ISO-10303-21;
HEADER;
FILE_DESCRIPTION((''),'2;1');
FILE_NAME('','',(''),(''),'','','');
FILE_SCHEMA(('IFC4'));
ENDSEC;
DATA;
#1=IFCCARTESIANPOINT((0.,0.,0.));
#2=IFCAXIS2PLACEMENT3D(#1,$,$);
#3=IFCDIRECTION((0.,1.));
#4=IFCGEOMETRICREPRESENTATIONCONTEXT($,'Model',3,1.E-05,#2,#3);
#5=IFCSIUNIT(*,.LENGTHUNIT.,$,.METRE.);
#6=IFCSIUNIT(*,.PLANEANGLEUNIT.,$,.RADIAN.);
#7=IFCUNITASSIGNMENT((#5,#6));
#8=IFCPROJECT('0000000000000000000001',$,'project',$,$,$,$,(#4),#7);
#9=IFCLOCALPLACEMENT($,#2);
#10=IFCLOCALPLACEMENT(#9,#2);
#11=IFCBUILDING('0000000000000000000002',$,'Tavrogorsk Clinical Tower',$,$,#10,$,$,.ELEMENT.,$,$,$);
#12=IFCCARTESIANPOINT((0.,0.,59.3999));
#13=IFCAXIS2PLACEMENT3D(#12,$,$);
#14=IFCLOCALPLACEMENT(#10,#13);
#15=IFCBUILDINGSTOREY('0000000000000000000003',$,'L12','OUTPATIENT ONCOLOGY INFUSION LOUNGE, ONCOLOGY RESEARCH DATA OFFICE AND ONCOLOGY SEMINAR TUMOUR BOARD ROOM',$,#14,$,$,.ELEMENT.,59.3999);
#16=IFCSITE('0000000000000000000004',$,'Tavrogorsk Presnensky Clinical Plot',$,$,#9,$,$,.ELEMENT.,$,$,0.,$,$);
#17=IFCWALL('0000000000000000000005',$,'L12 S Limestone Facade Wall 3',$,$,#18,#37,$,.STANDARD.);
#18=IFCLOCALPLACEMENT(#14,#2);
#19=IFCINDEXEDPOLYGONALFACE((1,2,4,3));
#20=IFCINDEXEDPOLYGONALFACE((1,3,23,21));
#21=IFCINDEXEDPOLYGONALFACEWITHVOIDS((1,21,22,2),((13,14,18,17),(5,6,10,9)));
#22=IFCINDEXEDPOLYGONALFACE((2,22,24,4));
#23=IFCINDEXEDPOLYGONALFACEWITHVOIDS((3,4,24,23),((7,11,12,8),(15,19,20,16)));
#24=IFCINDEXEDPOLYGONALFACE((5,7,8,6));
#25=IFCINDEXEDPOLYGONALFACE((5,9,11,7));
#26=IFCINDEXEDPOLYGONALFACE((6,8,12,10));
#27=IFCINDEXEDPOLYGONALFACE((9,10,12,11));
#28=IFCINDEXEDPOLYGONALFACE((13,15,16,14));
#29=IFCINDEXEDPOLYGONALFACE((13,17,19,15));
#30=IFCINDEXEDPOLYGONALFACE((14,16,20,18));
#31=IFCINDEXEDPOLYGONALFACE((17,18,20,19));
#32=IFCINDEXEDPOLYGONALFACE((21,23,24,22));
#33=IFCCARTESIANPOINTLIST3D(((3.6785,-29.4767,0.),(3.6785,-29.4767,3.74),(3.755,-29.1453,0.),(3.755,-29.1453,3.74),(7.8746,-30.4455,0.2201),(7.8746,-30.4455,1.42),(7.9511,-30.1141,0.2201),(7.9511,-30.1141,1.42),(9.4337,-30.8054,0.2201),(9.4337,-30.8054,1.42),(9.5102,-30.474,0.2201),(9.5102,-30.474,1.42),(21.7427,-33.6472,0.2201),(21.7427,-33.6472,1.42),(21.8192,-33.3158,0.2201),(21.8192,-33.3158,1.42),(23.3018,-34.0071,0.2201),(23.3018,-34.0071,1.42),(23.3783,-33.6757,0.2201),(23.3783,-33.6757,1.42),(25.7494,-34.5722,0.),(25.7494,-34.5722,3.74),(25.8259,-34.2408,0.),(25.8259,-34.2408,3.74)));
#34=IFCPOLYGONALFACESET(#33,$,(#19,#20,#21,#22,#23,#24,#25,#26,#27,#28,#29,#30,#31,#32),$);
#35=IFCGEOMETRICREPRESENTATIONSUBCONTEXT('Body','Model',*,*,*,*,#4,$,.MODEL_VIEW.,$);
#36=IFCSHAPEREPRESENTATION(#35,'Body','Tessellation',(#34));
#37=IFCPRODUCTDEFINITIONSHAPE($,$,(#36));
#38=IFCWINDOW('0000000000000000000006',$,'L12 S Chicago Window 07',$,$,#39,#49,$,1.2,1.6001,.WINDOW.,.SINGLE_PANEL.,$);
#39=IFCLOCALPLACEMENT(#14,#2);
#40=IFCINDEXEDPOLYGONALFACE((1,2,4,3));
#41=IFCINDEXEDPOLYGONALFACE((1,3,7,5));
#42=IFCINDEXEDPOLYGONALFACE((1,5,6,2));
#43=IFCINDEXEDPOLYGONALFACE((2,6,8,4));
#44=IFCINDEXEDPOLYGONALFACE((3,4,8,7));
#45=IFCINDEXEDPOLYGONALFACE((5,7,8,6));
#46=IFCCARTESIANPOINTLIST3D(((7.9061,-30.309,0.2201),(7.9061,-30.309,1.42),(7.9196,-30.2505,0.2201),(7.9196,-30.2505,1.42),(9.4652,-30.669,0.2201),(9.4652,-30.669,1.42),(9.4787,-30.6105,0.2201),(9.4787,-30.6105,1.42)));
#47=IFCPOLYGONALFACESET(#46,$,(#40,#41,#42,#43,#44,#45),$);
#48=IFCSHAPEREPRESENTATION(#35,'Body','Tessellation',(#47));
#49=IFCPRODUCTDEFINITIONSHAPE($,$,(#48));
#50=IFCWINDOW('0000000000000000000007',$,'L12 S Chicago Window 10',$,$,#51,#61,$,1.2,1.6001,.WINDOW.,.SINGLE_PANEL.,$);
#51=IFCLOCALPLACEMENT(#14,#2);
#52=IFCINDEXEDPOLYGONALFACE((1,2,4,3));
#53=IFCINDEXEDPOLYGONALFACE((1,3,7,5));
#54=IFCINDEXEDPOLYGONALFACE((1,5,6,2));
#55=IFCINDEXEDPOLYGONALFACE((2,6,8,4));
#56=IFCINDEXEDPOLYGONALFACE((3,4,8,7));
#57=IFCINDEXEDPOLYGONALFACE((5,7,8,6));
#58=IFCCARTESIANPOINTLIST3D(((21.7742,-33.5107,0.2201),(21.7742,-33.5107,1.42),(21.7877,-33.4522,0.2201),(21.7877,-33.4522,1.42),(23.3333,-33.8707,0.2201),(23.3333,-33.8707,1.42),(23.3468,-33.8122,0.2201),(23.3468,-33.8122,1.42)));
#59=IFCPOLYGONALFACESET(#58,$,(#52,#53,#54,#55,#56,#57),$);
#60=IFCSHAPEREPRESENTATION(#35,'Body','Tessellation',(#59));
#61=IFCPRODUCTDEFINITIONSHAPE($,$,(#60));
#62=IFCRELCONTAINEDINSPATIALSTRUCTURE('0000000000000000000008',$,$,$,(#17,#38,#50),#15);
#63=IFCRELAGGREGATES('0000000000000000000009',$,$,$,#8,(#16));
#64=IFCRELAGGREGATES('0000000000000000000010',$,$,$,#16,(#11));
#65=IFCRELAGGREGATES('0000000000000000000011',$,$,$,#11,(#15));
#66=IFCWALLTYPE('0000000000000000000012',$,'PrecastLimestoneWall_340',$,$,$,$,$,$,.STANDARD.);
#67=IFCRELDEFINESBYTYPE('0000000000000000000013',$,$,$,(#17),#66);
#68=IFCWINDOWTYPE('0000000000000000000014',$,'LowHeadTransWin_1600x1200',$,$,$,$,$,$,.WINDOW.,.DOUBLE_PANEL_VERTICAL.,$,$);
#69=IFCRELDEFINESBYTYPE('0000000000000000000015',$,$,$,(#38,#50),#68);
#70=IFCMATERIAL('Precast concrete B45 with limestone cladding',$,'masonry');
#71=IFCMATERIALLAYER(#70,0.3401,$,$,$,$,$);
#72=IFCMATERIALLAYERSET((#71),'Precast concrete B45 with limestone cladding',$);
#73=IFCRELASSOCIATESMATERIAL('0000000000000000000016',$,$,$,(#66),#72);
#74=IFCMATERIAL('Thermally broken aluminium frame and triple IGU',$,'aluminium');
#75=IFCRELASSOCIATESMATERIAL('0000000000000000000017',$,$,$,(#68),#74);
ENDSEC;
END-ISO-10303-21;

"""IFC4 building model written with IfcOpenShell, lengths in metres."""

from ifc_helpers import new_model, si_unit, direction, frame, frame_2d, origin, place, context, subcontext, project, spatial, rectangle, extrude, material, layer, layer_set, type_object, element, fill, save


model = new_model("IFC4")

# Units and contexts
model_context = context("Model", 3, precision=1e-05, world=origin(), true_north=direction((0.0, 1.0)))
body_context = subcontext(model_context, "Body", "Model", "MODEL_VIEW")
ifc_project = project(units=[si_unit("LENGTHUNIT", "METRE"), si_unit("PLANEANGLEUNIT", "RADIAN")], contexts=[model_context])

# Site, building, storey
site_placement = place(None, origin())
site = spatial("IfcSite", under=ifc_project, at=site_placement, Name="Tavrogorsk Presnensky Clinical Plot", CompositionType="ELEMENT", RefElevation=0.0)
building_placement = place(site_placement, origin())
building = spatial("IfcBuilding", under=site, at=building_placement, Name="Tavrogorsk Clinical Tower", CompositionType="ELEMENT")
storey_placement = place(building_placement, frame((0.0, 0.0, 59.3999)))
storey = spatial("IfcBuildingStorey", under=building, at=storey_placement, Name="L12", Description="OUTPATIENT ONCOLOGY INFUSION LOUNGE, ONCOLOGY RESEARCH DATA OFFICE AND ONCOLOGY SEMINAR TUMOUR BOARD ROOM", CompositionType="ELEMENT", Elevation=59.3999)

# Wall, openings, windows
ifc_material_1 = material(Name="Precast concrete B45 with limestone cladding", Category="masonry")
ifc_layer_1 = layer(ifc_material_1, 0.3401)
ifc_layer_set_1 = layer_set([ifc_layer_1], Name="Precast concrete B45 with limestone cladding")
wall_type_1 = type_object("IfcWallType", Name="PrecastLimestoneWall_340", PredefinedType="STANDARD", material=ifc_layer_set_1)
wall_1_placement = place(storey_placement, frame((3.7168, -29.311, 0.0), z_axis=(0.0, 0.0, 1.0), x_axis=(0.97437, -0.224952, 0.0)))
wall_1 = element("IfcWall", 1, at=wall_1_placement, inside=storey, type_object=wall_type_1, Name="L12 S Limestone Facade Wall 3", PredefinedType="STANDARD", context=body_context, shape_type="SweptSolid", body=[
    extrude(rectangle(XDim=22.6514, YDim=0.3401, at=frame_2d((11.3257, 0.0))), origin(), (0.0, 0.0, 1.0), 3.74),
])
opening_1_placement = place(wall_1_placement, frame((4.3064, 0.0, 0.22)))
opening_1 = element("IfcOpeningElement", 2, at=opening_1_placement, cuts=wall_1, PredefinedType="OPENING", context=body_context, shape_type="SweptSolid", body=[
    extrude(rectangle(XDim=1.6001, YDim=1.2, at=frame_2d((0.8, 0.6001))), frame((0.0, 0.1799, 0.0), z_axis=(0.0, -1.0, 0.0), x_axis=(1.0, 0.0, 0.0)), (0.0, 0.0, 1.0), 0.3601),
])
opening_2_placement = place(wall_1_placement, frame((18.5393, 0.0, 0.22)))
opening_2 = element("IfcOpeningElement", 3, at=opening_2_placement, cuts=wall_1, PredefinedType="OPENING", context=body_context, shape_type="SweptSolid", body=[
    extrude(rectangle(XDim=1.6001, YDim=1.2, at=frame_2d((0.8, 0.6001))), frame((0.0, 0.1799, 0.0), z_axis=(0.0, -1.0, 0.0), x_axis=(1.0, 0.0, 0.0)), (0.0, 0.0, 1.0), 0.3601),
])
ifc_material_2 = material(Name="Thermally broken aluminium frame and triple IGU", Category="aluminium")
window_type = type_object("IfcWindowType", Name="LowHeadTransWin_1600x1200", PartitioningType="DOUBLE_PANEL_VERTICAL", PredefinedType="WINDOW", material=ifc_material_2)
window_1_placement = place(opening_1_placement, origin())
window_1 = element("IfcWindow", 4, at=window_1_placement, inside=storey, type_object=window_type, Name="L12 S Chicago Window 07", OverallHeight=1.2, OverallWidth=1.6001, PartitioningType="SINGLE_PANEL", PredefinedType="WINDOW", context=body_context, shape_type="SweptSolid", body=[
    extrude(rectangle(XDim=1.6001, YDim=1.2, at=frame_2d((0.8, 0.6001))), frame((0.0, 0.03, 0.0), z_axis=(0.0, -1.0, 0.0), x_axis=(1.0, 0.0, 0.0)), (0.0, 0.0, 1.0), 0.0601),
])
fill(opening_1, window_1)
window_2_placement = place(opening_2_placement, origin())
window_2 = element("IfcWindow", 5, at=window_2_placement, inside=storey, type_object=window_type, Name="L12 S Chicago Window 10", OverallHeight=1.2, OverallWidth=1.6001, PartitioningType="SINGLE_PANEL", PredefinedType="WINDOW", context=body_context, shape_type="SweptSolid", body=[
    extrude(rectangle(XDim=1.6001, YDim=1.2, at=frame_2d((0.8, 0.6001))), frame((0.0, 0.03, 0.0), z_axis=(0.0, -1.0, 0.0), x_axis=(1.0, 0.0, 0.0)), (0.0, 0.0, 1.0), 0.0601),
])
fill(opening_2, window_2)

save(model, "model.ifc")
